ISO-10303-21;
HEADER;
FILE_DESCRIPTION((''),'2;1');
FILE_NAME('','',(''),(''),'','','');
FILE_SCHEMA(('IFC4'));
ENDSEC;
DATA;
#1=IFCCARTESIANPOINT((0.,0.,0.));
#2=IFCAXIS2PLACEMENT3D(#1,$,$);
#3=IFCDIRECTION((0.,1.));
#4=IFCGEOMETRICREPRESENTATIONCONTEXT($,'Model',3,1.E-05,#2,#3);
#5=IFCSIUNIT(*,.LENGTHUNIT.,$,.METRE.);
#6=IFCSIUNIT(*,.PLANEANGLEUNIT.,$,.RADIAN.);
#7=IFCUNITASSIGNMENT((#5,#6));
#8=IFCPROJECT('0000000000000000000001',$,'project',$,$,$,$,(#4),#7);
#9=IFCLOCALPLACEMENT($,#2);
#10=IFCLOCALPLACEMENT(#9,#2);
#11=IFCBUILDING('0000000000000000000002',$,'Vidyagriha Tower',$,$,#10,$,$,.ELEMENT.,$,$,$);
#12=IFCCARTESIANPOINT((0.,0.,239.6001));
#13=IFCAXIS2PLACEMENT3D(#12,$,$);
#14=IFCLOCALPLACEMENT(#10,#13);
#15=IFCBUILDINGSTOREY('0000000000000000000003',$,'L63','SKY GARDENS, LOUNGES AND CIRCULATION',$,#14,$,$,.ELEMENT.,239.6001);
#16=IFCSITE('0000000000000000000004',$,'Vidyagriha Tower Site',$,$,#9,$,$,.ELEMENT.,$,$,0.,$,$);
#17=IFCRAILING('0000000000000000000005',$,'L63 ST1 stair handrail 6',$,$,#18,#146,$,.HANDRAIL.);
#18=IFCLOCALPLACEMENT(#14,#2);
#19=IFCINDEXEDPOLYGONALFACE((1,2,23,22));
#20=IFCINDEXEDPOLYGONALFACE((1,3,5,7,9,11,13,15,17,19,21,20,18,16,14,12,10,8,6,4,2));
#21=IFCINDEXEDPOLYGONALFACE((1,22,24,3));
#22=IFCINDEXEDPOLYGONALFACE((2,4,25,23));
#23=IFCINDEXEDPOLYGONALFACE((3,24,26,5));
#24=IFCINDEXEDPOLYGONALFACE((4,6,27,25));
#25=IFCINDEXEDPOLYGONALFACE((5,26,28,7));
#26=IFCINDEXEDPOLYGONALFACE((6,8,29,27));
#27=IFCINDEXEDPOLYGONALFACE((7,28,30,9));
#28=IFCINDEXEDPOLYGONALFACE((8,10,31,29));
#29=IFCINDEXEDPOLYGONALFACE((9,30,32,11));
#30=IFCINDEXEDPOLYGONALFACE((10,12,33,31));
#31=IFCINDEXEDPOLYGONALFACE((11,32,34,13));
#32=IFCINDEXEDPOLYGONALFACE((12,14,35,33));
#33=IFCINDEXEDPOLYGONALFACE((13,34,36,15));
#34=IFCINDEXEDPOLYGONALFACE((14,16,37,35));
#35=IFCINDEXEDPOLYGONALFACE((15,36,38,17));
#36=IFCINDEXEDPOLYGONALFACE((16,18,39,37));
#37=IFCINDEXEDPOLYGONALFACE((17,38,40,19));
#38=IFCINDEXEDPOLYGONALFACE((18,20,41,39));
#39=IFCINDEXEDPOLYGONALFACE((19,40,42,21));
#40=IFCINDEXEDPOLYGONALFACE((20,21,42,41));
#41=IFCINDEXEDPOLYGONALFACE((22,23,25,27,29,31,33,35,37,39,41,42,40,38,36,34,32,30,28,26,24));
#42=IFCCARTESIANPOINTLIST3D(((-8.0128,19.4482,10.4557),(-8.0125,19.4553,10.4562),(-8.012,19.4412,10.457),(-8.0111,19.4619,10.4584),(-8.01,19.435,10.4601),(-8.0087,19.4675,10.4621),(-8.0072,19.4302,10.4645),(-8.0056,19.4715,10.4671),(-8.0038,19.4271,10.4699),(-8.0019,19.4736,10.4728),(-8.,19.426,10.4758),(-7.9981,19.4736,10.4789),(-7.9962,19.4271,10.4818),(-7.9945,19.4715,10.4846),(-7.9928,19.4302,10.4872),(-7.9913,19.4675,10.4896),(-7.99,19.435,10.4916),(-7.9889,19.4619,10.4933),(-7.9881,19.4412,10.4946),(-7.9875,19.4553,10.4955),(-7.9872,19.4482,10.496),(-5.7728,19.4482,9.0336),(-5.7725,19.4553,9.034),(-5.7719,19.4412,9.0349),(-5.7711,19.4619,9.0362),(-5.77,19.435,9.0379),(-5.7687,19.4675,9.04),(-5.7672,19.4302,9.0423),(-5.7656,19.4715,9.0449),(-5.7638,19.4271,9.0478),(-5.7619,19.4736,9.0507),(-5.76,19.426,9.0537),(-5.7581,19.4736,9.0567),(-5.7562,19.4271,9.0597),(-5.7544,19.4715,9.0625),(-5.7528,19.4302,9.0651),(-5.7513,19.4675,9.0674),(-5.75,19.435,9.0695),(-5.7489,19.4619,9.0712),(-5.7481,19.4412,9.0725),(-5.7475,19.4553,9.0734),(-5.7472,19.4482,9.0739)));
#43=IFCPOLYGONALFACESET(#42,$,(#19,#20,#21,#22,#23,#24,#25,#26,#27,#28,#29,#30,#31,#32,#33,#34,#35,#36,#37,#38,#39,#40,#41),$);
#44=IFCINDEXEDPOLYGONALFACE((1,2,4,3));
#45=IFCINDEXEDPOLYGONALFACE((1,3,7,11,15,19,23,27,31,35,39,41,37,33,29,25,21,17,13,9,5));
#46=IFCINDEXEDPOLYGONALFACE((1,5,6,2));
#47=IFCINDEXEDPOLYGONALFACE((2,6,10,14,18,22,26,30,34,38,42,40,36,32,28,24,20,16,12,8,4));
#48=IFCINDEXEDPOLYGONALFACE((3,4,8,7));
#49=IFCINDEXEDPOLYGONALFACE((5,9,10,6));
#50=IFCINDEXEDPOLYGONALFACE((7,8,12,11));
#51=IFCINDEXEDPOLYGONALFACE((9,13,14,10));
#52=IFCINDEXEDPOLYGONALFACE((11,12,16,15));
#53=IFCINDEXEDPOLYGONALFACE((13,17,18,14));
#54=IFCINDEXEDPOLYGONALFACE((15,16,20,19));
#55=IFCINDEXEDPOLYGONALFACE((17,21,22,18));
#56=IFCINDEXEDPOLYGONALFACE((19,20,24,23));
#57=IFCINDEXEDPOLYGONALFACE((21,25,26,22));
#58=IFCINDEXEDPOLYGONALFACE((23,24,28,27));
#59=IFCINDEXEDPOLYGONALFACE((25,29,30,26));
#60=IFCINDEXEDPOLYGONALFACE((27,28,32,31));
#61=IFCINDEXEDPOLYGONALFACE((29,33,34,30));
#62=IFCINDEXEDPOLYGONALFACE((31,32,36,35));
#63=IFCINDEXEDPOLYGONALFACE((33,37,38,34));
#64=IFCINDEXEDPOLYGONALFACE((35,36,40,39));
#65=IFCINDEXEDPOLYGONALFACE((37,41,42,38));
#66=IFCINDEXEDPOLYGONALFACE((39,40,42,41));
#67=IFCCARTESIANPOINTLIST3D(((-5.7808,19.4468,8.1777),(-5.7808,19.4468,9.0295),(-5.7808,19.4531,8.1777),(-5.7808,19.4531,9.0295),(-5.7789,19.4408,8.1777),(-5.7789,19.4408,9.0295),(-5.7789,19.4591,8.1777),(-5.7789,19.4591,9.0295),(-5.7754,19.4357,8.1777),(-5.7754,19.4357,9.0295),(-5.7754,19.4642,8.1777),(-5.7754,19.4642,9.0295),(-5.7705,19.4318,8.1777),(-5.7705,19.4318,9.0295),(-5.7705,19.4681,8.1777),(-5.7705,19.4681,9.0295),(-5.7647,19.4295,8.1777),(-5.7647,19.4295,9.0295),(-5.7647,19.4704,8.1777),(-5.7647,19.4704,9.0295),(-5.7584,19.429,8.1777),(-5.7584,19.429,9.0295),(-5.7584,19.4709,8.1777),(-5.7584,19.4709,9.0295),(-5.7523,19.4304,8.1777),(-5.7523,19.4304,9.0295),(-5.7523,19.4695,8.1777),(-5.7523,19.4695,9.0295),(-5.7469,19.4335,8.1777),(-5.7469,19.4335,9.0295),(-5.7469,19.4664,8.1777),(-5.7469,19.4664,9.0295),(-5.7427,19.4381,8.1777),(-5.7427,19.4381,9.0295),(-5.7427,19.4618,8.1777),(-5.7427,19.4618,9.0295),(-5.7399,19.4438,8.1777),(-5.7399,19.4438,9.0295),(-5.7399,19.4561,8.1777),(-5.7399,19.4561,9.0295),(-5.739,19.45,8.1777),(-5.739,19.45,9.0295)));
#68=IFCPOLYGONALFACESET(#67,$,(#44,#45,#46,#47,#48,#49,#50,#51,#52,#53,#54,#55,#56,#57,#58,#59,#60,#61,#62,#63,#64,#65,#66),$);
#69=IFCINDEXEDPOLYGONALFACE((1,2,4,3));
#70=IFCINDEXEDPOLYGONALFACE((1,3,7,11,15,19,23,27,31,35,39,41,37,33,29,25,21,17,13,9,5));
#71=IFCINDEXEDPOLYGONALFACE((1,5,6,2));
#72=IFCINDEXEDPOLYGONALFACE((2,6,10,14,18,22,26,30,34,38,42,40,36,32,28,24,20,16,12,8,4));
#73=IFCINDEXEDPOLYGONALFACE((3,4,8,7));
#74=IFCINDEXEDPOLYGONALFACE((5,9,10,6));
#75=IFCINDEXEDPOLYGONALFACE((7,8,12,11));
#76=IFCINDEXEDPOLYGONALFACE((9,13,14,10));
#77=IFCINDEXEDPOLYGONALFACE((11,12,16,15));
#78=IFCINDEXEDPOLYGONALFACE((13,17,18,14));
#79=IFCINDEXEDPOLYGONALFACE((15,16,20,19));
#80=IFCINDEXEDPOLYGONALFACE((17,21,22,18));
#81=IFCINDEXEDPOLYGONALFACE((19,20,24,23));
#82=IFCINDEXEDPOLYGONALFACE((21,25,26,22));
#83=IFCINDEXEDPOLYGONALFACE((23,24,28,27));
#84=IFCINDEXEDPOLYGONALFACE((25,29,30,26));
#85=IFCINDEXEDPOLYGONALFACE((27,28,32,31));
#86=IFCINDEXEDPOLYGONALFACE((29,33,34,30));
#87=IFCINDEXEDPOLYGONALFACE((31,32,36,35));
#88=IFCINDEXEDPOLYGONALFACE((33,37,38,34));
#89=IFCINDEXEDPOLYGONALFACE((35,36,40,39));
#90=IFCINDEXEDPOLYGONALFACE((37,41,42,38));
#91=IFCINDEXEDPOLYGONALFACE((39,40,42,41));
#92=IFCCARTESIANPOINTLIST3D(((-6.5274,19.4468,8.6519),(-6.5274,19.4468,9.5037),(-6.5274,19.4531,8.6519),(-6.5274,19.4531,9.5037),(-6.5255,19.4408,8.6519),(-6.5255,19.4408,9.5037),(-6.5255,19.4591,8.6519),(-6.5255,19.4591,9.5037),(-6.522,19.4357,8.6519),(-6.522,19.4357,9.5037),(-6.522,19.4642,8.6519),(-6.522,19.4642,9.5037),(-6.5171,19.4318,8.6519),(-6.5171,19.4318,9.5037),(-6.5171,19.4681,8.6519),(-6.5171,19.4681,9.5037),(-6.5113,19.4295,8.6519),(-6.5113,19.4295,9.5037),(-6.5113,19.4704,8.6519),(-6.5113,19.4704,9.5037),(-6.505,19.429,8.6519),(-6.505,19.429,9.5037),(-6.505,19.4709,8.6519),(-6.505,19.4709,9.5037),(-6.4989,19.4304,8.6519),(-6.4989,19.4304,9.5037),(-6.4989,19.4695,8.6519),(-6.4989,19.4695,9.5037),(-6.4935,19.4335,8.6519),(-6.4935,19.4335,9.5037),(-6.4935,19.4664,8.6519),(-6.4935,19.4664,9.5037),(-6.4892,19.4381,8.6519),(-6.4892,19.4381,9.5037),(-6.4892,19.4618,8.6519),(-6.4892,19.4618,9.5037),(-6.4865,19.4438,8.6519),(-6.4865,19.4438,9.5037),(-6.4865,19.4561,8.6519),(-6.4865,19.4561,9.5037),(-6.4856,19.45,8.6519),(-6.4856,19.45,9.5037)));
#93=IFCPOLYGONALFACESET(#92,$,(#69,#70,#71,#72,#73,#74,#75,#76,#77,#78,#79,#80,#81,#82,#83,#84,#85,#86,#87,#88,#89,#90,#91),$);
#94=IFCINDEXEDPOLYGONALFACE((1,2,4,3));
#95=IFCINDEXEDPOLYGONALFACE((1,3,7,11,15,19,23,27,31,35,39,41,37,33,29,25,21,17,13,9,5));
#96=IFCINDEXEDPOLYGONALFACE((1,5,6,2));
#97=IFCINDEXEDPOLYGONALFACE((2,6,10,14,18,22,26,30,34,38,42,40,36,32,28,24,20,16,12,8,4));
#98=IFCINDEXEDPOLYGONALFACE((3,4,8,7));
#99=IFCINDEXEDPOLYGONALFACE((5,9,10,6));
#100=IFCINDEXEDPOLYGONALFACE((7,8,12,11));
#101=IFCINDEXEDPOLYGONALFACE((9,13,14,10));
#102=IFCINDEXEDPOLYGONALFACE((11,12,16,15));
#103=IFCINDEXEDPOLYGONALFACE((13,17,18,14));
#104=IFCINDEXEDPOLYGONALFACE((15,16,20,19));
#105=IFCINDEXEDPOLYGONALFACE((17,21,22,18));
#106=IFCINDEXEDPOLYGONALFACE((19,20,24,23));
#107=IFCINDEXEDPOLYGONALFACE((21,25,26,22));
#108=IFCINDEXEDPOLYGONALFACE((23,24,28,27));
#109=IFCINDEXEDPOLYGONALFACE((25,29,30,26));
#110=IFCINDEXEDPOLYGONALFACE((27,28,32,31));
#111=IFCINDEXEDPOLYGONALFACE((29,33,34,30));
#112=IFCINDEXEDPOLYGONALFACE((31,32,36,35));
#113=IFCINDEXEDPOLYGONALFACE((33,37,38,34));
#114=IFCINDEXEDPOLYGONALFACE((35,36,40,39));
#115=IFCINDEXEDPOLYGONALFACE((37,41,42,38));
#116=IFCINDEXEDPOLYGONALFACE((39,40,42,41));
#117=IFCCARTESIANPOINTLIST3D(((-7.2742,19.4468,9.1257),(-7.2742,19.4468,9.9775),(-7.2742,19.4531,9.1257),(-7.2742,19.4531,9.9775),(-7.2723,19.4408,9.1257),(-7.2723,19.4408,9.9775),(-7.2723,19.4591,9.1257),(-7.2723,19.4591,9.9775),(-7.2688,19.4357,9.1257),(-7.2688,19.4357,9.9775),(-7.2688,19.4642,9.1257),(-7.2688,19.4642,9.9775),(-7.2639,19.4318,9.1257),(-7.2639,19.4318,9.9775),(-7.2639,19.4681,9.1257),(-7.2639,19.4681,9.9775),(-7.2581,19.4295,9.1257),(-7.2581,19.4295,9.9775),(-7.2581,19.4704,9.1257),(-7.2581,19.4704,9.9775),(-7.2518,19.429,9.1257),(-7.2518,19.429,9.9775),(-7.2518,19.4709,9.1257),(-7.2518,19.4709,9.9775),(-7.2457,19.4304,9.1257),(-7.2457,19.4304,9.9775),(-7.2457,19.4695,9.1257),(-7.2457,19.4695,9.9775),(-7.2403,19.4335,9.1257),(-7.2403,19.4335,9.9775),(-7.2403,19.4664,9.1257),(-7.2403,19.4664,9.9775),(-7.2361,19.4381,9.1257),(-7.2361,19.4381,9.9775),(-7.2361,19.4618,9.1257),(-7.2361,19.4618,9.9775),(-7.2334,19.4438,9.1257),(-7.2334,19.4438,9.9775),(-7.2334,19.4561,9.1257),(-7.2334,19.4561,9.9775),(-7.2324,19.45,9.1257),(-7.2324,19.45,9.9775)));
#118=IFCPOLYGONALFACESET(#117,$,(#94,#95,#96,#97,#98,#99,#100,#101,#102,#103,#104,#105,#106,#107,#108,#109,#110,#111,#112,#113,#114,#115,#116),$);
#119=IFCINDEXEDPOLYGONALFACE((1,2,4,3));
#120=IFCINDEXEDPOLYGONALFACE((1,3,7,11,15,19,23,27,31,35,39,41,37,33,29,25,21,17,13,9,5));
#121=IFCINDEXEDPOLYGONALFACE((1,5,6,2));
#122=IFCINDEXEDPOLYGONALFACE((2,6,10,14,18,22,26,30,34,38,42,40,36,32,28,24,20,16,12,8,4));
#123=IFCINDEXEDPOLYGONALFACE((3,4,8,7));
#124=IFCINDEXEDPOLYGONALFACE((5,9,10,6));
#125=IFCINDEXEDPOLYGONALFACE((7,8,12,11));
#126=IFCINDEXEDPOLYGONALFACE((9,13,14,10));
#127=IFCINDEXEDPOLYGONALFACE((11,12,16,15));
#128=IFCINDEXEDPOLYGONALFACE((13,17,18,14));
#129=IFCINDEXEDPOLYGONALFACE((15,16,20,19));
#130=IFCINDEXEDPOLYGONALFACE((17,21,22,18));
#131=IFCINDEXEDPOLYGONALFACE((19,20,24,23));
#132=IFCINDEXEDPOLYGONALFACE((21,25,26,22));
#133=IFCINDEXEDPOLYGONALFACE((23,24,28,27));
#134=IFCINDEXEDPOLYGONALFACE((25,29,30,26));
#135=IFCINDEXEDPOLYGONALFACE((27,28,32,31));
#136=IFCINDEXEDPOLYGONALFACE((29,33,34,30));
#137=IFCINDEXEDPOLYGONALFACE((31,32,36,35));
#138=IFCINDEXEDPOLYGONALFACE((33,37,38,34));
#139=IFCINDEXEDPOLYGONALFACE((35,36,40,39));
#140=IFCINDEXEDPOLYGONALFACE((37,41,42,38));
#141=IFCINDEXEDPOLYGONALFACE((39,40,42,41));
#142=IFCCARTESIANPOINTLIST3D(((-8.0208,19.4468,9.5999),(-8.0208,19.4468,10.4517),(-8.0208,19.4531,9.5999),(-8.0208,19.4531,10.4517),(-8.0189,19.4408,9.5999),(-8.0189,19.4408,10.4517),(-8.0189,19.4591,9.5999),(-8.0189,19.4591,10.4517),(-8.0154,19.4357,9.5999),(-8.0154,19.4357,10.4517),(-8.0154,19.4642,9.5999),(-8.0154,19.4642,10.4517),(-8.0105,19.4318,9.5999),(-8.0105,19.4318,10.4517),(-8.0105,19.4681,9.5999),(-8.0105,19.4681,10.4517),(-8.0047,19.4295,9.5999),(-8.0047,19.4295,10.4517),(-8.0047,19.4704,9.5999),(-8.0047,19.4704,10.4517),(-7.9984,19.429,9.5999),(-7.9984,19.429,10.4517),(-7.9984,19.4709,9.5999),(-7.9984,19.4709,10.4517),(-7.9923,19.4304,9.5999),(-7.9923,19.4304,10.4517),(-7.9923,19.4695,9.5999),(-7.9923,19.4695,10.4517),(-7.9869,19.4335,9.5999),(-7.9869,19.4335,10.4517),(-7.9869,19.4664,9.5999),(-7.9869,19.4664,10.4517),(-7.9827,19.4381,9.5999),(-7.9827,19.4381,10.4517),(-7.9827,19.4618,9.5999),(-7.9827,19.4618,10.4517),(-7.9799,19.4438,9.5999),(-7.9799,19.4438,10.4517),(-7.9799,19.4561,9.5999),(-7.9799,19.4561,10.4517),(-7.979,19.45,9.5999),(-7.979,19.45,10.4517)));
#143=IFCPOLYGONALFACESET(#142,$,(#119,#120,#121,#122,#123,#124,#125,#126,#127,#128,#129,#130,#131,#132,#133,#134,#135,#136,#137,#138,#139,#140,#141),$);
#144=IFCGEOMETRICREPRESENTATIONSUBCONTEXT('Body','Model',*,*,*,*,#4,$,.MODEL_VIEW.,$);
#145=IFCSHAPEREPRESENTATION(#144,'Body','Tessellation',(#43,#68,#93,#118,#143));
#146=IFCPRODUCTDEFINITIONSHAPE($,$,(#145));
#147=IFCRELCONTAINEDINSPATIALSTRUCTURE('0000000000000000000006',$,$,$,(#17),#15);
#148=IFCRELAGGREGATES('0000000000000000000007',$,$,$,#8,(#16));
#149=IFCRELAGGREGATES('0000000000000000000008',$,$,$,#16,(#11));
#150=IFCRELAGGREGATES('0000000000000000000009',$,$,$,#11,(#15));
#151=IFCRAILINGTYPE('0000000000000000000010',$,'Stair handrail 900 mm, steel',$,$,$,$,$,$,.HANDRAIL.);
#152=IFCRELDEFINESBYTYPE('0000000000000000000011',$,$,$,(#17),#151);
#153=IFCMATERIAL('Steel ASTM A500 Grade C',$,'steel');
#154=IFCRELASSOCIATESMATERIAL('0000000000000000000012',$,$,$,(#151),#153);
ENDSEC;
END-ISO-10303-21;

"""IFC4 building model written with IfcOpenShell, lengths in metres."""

from ifc_helpers import new_model, si_unit, direction, frame, origin, origin_2d, place, context, subcontext, project, spatial, circle, extrude, material, type_object, element, save


model = new_model("IFC4")

# Units and contexts
model_context = context("Model", 3, precision=1e-05, world=origin(), true_north=direction((0.0, 1.0)))
body_context = subcontext(model_context, "Body", "Model", "MODEL_VIEW")
ifc_project = project(units=[si_unit("LENGTHUNIT", "METRE"), si_unit("PLANEANGLEUNIT", "RADIAN")], contexts=[model_context])

# Site, building, storey
site_placement = place(None, origin())
site = spatial("IfcSite", under=ifc_project, at=site_placement, Name="Vidyagriha Tower Site", CompositionType="ELEMENT", RefElevation=0.0)
building_placement = place(site_placement, origin())
building = spatial("IfcBuilding", under=site, at=building_placement, Name="Vidyagriha Tower", CompositionType="ELEMENT")
storey_placement = place(building_placement, frame((0.0, 0.0, 239.6001)))
storey = spatial("IfcBuildingStorey", under=building, at=storey_placement, Name="L63", Description="SKY GARDENS, LOUNGES AND CIRCULATION", CompositionType="ELEMENT", Elevation=239.6001)

# Railing
ifc_material_1 = material(Name="Steel ASTM A500 Grade C", Category="steel")
railing_type_1 = type_object("IfcRailingType", Name="Stair handrail 900 mm, steel", PredefinedType="HANDRAIL", material=ifc_material_1)
for number, where, name in (
    (1, (-5.76, 19.45, 8.1777), "L63 ST1 stair handrail 6"),
):
    element("IfcRailing", number, at=place(storey_placement, frame(where)), inside=storey, type_object=railing_type_1, Name=name, PredefinedType="HANDRAIL", context=body_context, shape_type="SweptSolid", body=[
        extrude(circle(Radius=0.0239, at=origin_2d()), frame((0.0, 0.0, 0.876), z_axis=(-0.844229, 0.0, 0.535982), x_axis=(0.0, -1.0, 0.0)), (0.0, 0.0, 1.0), 2.6533),
        extrude(circle(Radius=0.021, at=origin_2d()), origin(), (0.0, 0.0, 1.0), 0.8518),
        extrude(circle(Radius=0.021, at=origin_2d()), frame((-0.7466, 0.0, 0.4741)), (0.0, 0.0, 1.0), 0.8518),
        extrude(circle(Radius=0.021, at=origin_2d()), frame((-1.4934, 0.0, 0.948)), (0.0, 0.0, 1.0), 0.8518),
        extrude(circle(Radius=0.021, at=origin_2d()), frame((-2.24, 0.0, 1.4221)), (0.0, 0.0, 1.0), 0.8518),
    ])

save(model, "model.ifc")
